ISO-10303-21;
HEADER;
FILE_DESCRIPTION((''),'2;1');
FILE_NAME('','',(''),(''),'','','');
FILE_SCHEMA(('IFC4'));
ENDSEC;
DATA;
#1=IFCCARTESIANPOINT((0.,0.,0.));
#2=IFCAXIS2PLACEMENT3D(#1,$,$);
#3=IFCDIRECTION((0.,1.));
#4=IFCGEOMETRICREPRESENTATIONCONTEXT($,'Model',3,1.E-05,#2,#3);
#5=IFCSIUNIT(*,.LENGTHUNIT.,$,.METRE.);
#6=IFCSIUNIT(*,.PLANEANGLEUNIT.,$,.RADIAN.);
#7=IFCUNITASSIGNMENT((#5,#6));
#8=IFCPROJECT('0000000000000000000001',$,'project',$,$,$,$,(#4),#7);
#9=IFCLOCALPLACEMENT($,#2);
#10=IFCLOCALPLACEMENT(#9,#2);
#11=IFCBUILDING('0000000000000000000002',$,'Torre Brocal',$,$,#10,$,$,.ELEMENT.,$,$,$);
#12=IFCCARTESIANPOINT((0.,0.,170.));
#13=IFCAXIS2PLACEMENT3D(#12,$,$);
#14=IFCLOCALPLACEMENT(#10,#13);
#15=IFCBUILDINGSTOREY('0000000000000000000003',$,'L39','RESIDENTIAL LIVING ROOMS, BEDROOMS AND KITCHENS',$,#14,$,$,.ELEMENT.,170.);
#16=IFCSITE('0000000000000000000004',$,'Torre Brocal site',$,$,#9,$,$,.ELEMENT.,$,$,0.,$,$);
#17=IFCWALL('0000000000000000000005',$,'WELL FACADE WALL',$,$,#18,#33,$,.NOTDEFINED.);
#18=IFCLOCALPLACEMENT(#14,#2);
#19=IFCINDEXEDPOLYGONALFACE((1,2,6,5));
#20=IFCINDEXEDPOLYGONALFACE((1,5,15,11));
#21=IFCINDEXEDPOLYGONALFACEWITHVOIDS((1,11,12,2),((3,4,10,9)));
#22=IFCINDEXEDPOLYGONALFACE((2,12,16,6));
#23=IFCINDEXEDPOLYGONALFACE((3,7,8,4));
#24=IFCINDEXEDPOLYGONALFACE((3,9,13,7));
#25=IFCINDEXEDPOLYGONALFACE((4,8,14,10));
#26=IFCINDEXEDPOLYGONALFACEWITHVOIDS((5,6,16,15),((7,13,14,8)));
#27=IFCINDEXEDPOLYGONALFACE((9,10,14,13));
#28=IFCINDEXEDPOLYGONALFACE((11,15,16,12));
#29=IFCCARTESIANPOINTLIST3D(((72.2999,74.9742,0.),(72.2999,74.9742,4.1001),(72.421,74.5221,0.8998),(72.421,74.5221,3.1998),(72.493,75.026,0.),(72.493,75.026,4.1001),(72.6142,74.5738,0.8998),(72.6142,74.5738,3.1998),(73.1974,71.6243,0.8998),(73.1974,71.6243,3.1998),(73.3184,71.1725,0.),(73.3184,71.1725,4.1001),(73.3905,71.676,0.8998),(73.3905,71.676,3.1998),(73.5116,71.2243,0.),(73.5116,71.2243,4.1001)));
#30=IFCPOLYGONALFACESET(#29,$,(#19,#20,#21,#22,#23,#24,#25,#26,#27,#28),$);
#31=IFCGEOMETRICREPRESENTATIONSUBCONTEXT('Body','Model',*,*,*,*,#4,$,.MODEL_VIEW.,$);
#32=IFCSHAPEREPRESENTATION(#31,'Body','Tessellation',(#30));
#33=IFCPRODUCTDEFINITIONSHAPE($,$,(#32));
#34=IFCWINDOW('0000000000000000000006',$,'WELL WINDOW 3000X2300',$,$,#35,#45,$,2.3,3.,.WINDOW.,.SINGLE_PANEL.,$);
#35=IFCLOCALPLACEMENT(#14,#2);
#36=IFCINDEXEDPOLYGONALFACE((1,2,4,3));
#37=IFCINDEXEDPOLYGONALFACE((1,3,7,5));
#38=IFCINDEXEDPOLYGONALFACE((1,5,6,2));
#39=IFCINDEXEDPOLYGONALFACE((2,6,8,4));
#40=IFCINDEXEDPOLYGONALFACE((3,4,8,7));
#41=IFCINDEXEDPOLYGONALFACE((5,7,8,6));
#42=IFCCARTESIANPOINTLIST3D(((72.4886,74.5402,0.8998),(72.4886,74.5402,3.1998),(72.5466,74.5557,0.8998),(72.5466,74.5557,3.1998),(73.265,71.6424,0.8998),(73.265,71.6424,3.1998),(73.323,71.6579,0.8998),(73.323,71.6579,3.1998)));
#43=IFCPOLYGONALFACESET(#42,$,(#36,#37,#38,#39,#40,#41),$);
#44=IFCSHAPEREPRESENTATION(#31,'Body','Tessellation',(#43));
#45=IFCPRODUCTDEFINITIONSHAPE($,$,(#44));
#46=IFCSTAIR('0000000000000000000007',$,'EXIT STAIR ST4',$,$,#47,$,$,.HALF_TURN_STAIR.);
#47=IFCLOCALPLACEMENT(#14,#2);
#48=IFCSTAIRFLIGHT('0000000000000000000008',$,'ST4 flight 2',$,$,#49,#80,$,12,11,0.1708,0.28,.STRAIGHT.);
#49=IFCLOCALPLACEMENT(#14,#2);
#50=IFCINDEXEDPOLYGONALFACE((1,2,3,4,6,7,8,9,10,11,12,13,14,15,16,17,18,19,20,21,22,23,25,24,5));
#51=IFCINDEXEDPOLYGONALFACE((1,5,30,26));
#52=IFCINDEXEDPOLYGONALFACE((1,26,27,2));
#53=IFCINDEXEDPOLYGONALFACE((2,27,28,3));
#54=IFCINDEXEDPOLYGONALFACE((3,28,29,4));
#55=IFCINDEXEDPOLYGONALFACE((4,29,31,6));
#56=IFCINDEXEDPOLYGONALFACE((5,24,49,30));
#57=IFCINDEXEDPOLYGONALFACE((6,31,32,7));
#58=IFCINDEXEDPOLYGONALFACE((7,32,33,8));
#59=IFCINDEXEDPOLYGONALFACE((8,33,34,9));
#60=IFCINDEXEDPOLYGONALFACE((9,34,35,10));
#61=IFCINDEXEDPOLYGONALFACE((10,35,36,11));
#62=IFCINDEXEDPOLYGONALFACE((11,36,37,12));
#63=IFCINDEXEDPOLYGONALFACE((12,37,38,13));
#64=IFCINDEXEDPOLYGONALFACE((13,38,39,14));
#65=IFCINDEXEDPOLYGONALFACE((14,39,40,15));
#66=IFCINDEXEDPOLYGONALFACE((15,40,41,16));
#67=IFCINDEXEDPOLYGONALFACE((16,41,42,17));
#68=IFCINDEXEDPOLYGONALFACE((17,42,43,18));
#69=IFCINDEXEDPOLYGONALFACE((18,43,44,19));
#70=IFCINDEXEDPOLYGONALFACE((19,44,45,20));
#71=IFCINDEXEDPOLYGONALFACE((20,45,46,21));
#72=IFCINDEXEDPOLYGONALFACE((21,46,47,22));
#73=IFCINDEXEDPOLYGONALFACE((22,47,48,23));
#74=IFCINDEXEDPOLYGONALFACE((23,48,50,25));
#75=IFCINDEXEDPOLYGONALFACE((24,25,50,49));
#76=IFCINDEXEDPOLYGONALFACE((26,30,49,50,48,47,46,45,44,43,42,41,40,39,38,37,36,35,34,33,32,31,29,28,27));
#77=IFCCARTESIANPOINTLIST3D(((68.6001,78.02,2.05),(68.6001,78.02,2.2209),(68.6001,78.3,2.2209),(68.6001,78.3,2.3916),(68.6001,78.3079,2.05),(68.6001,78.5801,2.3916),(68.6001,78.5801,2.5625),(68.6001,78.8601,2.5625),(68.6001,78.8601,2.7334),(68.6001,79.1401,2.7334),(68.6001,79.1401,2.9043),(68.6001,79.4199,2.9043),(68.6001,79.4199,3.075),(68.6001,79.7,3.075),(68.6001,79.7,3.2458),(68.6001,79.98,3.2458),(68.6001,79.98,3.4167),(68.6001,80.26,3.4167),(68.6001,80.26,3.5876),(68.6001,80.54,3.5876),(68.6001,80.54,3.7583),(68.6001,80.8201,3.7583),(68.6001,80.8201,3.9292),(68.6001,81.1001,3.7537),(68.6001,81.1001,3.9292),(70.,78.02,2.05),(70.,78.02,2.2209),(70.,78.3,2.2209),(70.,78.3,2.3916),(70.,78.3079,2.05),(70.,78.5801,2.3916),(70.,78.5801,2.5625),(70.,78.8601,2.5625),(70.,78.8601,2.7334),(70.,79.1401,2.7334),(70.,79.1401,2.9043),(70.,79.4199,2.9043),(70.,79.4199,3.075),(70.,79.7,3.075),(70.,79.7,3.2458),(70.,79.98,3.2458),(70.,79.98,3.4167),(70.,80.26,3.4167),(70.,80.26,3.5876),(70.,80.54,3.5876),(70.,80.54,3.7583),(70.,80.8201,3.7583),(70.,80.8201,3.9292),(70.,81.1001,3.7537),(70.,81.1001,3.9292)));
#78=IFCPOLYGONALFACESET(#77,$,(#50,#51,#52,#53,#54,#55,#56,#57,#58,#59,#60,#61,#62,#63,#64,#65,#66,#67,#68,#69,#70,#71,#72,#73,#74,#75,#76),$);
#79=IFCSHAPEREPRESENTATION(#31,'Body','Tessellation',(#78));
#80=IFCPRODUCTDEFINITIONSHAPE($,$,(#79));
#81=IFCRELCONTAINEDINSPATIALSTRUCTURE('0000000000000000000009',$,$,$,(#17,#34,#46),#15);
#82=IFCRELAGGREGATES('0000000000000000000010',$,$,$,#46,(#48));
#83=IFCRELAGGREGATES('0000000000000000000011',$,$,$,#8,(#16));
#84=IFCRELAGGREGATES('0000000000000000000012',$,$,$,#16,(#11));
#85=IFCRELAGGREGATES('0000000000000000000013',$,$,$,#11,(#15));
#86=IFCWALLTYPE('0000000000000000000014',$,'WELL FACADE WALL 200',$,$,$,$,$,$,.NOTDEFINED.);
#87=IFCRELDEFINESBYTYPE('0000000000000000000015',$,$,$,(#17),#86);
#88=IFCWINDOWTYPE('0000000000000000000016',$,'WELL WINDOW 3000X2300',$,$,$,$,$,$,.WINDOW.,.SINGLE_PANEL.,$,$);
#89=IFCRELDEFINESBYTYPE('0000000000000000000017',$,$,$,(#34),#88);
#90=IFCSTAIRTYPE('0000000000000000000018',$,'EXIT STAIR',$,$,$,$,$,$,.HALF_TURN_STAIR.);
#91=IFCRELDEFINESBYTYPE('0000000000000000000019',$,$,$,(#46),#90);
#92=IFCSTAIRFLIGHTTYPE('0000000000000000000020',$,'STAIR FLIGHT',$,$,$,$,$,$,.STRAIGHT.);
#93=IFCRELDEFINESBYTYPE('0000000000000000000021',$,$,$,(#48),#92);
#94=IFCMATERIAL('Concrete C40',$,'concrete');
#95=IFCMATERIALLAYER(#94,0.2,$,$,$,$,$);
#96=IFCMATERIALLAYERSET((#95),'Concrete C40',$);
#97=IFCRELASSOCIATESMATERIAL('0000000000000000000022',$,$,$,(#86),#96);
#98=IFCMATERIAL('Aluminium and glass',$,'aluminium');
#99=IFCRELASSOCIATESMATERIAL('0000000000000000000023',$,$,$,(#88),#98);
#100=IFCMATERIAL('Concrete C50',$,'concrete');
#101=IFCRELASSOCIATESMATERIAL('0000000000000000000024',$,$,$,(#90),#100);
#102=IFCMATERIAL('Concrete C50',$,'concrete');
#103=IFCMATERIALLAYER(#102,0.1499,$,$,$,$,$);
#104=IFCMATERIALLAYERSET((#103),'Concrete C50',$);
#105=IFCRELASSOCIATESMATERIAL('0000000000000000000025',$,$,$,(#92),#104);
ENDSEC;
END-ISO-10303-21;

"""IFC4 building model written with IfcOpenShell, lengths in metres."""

from ifc_helpers import new_model, si_unit, direction, frame, frame_2d, origin, place, context, subcontext, project, spatial, polyline, rectangle, outline, extrude, material, layer, layer_set, type_object, element, fill, aggregate, save


model = new_model("IFC4")

# Units and contexts
model_context = context("Model", 3, precision=1e-05, world=origin(), true_north=direction((0.0, 1.0)))
body_context = subcontext(model_context, "Body", "Model", "MODEL_VIEW")
ifc_project = project(units=[si_unit("LENGTHUNIT", "METRE"), si_unit("PLANEANGLEUNIT", "RADIAN")], contexts=[model_context])

# Site, building, storey
site_placement = place(None, origin())
site = spatial("IfcSite", under=ifc_project, at=site_placement, Name="Torre Brocal site", CompositionType="ELEMENT", RefElevation=0.0)
building_placement = place(site_placement, origin())
building = spatial("IfcBuilding", under=site, at=building_placement, Name="Torre Brocal", CompositionType="ELEMENT")
storey_placement = place(building_placement, frame((0.0, 0.0, 170.0)))
storey = spatial("IfcBuildingStorey", under=building, at=storey_placement, Name="L39", Description="RESIDENTIAL LIVING ROOMS, BEDROOMS AND KITCHENS", CompositionType="ELEMENT", Elevation=170.0)

# Wall, opening, window
ifc_material_1 = material(Name="Concrete C40", Category="concrete")
ifc_layer_1 = layer(ifc_material_1, 0.2)
ifc_layer_set_1 = layer_set([ifc_layer_1], Name="Concrete C40")
wall_type_1 = type_object("IfcWallType", Name="WELL FACADE WALL 200", PredefinedType="NOTDEFINED", material=ifc_layer_set_1)
ifc_material_2 = material(Name="Aluminium and glass", Category="aluminium")
window_type = type_object("IfcWindowType", Name="WELL WINDOW 3000X2300", PartitioningType="SINGLE_PANEL", PredefinedType="WINDOW", material=ifc_material_2)
wall_1_placement = place(storey_placement, frame((72.3965, 75.0, 0.0), z_axis=(0.0, 0.0, 1.0), x_axis=(0.25879, -0.965934, 0.0)))
wall_1 = element("IfcWall", 1, at=wall_1_placement, inside=storey, type_object=wall_type_1, Name="WELL FACADE WALL", PredefinedType="NOTDEFINED", context=body_context, shape_type="SweptSolid", body=[
    extrude(rectangle(XDim=3.9358, YDim=0.2, at=frame_2d((1.9678, 0.0))), origin(), (0.0, 0.0, 1.0), 4.1001),
])
opening_1_placement = place(wall_1_placement, frame((0.468, 0.0, 0.8999)))
opening_1 = element("IfcOpeningElement", 2, at=opening_1_placement, cuts=wall_1, PredefinedType="OPENING", context=body_context, shape_type="SweptSolid", body=[
    extrude(rectangle(XDim=3.0, YDim=2.3, at=frame_2d((1.5, 1.1499))), frame((0.0, 0.1099, 0.0), z_axis=(0.0, -1.0, 0.0), x_axis=(1.0, 0.0, 0.0)), (0.0, 0.0, 1.0), 0.22),
])
window_1_placement = place(opening_1_placement, origin())
window_1 = element("IfcWindow", 3, at=window_1_placement, inside=storey, type_object=window_type, Name="WELL WINDOW 3000X2300", OverallHeight=2.3, OverallWidth=3.0, PartitioningType="SINGLE_PANEL", PredefinedType="WINDOW", context=body_context, shape_type="SweptSolid", body=[
    extrude(rectangle(XDim=3.0, YDim=2.3, at=frame_2d((1.5, 1.1499))), frame((0.0, 0.03, 0.0), z_axis=(0.0, -1.0, 0.0), x_axis=(1.0, 0.0, 0.0)), (0.0, 0.0, 1.0), 0.0601),
])
fill(opening_1, window_1)

# Stair, stair flight
ifc_material_3 = material(Name="Concrete C50", Category="concrete")
stair_type = type_object("IfcStairType", Name="EXIT STAIR", PredefinedType="HALF_TURN_STAIR", material=ifc_material_3)
stair_placement = place(storey_placement, origin())
stair = element("IfcStair", 4, at=stair_placement, inside=storey, type_object=stair_type, Name="EXIT STAIR ST4", PredefinedType="HALF_TURN_STAIR")
ifc_material_4 = material(Name="Concrete C50", Category="concrete")
ifc_layer_2 = layer(ifc_material_4, 0.1499)
ifc_layer_set_2 = layer_set([ifc_layer_2], Name="Concrete C50")
stair_flight_type = type_object("IfcStairFlightType", Name="STAIR FLIGHT", PredefinedType="STRAIGHT", material=ifc_layer_set_2)
stair_flight_placement = place(storey_placement, frame((69.3, 78.02, 2.05), z_axis=(0.0, 0.0, 1.0), x_axis=(0.0, 1.0, 0.0)))
stair_flight = element("IfcStairFlight", 5, at=stair_flight_placement, type_object=stair_flight_type, Name="ST4 flight 2", NumberOfRisers=12, NumberOfTreads=11, PredefinedType="STRAIGHT", RiserHeight=0.1708, TreadLength=0.28, context=body_context, shape_type="SweptSolid", body=[
    extrude(outline(polyline([(0.0, 0.0), (0.0, 0.1709), (0.28, 0.1709), (0.28, 0.3416), (0.5601, 0.3416), (0.5601, 0.5125), (0.8401, 0.5125), (0.8401, 0.6833), (1.1201, 0.6833), (1.1201, 0.8542), (1.3999, 0.8542), (1.3999, 1.0249), (1.6799, 1.0249), (1.6799, 1.1958), (1.96, 1.1958), (1.96, 1.3667), (2.24, 1.3667), (2.24, 1.5376), (2.52, 1.5376), (2.52, 1.7083), (2.8, 1.7083), (2.8, 1.8792), (3.0801, 1.8792), (3.0801, 2.05), (3.0801, 1.7036), (0.2878, 0.0), (0.0, 0.0)])), frame((0.0, 0.7, 0.0), z_axis=(0.0, -1.0, 0.0), x_axis=(1.0, 0.0, 0.0)), (0.0, 0.0, 1.0), 1.3999),
])
aggregate(stair, [stair_flight])

save(model, "model.ifc")
